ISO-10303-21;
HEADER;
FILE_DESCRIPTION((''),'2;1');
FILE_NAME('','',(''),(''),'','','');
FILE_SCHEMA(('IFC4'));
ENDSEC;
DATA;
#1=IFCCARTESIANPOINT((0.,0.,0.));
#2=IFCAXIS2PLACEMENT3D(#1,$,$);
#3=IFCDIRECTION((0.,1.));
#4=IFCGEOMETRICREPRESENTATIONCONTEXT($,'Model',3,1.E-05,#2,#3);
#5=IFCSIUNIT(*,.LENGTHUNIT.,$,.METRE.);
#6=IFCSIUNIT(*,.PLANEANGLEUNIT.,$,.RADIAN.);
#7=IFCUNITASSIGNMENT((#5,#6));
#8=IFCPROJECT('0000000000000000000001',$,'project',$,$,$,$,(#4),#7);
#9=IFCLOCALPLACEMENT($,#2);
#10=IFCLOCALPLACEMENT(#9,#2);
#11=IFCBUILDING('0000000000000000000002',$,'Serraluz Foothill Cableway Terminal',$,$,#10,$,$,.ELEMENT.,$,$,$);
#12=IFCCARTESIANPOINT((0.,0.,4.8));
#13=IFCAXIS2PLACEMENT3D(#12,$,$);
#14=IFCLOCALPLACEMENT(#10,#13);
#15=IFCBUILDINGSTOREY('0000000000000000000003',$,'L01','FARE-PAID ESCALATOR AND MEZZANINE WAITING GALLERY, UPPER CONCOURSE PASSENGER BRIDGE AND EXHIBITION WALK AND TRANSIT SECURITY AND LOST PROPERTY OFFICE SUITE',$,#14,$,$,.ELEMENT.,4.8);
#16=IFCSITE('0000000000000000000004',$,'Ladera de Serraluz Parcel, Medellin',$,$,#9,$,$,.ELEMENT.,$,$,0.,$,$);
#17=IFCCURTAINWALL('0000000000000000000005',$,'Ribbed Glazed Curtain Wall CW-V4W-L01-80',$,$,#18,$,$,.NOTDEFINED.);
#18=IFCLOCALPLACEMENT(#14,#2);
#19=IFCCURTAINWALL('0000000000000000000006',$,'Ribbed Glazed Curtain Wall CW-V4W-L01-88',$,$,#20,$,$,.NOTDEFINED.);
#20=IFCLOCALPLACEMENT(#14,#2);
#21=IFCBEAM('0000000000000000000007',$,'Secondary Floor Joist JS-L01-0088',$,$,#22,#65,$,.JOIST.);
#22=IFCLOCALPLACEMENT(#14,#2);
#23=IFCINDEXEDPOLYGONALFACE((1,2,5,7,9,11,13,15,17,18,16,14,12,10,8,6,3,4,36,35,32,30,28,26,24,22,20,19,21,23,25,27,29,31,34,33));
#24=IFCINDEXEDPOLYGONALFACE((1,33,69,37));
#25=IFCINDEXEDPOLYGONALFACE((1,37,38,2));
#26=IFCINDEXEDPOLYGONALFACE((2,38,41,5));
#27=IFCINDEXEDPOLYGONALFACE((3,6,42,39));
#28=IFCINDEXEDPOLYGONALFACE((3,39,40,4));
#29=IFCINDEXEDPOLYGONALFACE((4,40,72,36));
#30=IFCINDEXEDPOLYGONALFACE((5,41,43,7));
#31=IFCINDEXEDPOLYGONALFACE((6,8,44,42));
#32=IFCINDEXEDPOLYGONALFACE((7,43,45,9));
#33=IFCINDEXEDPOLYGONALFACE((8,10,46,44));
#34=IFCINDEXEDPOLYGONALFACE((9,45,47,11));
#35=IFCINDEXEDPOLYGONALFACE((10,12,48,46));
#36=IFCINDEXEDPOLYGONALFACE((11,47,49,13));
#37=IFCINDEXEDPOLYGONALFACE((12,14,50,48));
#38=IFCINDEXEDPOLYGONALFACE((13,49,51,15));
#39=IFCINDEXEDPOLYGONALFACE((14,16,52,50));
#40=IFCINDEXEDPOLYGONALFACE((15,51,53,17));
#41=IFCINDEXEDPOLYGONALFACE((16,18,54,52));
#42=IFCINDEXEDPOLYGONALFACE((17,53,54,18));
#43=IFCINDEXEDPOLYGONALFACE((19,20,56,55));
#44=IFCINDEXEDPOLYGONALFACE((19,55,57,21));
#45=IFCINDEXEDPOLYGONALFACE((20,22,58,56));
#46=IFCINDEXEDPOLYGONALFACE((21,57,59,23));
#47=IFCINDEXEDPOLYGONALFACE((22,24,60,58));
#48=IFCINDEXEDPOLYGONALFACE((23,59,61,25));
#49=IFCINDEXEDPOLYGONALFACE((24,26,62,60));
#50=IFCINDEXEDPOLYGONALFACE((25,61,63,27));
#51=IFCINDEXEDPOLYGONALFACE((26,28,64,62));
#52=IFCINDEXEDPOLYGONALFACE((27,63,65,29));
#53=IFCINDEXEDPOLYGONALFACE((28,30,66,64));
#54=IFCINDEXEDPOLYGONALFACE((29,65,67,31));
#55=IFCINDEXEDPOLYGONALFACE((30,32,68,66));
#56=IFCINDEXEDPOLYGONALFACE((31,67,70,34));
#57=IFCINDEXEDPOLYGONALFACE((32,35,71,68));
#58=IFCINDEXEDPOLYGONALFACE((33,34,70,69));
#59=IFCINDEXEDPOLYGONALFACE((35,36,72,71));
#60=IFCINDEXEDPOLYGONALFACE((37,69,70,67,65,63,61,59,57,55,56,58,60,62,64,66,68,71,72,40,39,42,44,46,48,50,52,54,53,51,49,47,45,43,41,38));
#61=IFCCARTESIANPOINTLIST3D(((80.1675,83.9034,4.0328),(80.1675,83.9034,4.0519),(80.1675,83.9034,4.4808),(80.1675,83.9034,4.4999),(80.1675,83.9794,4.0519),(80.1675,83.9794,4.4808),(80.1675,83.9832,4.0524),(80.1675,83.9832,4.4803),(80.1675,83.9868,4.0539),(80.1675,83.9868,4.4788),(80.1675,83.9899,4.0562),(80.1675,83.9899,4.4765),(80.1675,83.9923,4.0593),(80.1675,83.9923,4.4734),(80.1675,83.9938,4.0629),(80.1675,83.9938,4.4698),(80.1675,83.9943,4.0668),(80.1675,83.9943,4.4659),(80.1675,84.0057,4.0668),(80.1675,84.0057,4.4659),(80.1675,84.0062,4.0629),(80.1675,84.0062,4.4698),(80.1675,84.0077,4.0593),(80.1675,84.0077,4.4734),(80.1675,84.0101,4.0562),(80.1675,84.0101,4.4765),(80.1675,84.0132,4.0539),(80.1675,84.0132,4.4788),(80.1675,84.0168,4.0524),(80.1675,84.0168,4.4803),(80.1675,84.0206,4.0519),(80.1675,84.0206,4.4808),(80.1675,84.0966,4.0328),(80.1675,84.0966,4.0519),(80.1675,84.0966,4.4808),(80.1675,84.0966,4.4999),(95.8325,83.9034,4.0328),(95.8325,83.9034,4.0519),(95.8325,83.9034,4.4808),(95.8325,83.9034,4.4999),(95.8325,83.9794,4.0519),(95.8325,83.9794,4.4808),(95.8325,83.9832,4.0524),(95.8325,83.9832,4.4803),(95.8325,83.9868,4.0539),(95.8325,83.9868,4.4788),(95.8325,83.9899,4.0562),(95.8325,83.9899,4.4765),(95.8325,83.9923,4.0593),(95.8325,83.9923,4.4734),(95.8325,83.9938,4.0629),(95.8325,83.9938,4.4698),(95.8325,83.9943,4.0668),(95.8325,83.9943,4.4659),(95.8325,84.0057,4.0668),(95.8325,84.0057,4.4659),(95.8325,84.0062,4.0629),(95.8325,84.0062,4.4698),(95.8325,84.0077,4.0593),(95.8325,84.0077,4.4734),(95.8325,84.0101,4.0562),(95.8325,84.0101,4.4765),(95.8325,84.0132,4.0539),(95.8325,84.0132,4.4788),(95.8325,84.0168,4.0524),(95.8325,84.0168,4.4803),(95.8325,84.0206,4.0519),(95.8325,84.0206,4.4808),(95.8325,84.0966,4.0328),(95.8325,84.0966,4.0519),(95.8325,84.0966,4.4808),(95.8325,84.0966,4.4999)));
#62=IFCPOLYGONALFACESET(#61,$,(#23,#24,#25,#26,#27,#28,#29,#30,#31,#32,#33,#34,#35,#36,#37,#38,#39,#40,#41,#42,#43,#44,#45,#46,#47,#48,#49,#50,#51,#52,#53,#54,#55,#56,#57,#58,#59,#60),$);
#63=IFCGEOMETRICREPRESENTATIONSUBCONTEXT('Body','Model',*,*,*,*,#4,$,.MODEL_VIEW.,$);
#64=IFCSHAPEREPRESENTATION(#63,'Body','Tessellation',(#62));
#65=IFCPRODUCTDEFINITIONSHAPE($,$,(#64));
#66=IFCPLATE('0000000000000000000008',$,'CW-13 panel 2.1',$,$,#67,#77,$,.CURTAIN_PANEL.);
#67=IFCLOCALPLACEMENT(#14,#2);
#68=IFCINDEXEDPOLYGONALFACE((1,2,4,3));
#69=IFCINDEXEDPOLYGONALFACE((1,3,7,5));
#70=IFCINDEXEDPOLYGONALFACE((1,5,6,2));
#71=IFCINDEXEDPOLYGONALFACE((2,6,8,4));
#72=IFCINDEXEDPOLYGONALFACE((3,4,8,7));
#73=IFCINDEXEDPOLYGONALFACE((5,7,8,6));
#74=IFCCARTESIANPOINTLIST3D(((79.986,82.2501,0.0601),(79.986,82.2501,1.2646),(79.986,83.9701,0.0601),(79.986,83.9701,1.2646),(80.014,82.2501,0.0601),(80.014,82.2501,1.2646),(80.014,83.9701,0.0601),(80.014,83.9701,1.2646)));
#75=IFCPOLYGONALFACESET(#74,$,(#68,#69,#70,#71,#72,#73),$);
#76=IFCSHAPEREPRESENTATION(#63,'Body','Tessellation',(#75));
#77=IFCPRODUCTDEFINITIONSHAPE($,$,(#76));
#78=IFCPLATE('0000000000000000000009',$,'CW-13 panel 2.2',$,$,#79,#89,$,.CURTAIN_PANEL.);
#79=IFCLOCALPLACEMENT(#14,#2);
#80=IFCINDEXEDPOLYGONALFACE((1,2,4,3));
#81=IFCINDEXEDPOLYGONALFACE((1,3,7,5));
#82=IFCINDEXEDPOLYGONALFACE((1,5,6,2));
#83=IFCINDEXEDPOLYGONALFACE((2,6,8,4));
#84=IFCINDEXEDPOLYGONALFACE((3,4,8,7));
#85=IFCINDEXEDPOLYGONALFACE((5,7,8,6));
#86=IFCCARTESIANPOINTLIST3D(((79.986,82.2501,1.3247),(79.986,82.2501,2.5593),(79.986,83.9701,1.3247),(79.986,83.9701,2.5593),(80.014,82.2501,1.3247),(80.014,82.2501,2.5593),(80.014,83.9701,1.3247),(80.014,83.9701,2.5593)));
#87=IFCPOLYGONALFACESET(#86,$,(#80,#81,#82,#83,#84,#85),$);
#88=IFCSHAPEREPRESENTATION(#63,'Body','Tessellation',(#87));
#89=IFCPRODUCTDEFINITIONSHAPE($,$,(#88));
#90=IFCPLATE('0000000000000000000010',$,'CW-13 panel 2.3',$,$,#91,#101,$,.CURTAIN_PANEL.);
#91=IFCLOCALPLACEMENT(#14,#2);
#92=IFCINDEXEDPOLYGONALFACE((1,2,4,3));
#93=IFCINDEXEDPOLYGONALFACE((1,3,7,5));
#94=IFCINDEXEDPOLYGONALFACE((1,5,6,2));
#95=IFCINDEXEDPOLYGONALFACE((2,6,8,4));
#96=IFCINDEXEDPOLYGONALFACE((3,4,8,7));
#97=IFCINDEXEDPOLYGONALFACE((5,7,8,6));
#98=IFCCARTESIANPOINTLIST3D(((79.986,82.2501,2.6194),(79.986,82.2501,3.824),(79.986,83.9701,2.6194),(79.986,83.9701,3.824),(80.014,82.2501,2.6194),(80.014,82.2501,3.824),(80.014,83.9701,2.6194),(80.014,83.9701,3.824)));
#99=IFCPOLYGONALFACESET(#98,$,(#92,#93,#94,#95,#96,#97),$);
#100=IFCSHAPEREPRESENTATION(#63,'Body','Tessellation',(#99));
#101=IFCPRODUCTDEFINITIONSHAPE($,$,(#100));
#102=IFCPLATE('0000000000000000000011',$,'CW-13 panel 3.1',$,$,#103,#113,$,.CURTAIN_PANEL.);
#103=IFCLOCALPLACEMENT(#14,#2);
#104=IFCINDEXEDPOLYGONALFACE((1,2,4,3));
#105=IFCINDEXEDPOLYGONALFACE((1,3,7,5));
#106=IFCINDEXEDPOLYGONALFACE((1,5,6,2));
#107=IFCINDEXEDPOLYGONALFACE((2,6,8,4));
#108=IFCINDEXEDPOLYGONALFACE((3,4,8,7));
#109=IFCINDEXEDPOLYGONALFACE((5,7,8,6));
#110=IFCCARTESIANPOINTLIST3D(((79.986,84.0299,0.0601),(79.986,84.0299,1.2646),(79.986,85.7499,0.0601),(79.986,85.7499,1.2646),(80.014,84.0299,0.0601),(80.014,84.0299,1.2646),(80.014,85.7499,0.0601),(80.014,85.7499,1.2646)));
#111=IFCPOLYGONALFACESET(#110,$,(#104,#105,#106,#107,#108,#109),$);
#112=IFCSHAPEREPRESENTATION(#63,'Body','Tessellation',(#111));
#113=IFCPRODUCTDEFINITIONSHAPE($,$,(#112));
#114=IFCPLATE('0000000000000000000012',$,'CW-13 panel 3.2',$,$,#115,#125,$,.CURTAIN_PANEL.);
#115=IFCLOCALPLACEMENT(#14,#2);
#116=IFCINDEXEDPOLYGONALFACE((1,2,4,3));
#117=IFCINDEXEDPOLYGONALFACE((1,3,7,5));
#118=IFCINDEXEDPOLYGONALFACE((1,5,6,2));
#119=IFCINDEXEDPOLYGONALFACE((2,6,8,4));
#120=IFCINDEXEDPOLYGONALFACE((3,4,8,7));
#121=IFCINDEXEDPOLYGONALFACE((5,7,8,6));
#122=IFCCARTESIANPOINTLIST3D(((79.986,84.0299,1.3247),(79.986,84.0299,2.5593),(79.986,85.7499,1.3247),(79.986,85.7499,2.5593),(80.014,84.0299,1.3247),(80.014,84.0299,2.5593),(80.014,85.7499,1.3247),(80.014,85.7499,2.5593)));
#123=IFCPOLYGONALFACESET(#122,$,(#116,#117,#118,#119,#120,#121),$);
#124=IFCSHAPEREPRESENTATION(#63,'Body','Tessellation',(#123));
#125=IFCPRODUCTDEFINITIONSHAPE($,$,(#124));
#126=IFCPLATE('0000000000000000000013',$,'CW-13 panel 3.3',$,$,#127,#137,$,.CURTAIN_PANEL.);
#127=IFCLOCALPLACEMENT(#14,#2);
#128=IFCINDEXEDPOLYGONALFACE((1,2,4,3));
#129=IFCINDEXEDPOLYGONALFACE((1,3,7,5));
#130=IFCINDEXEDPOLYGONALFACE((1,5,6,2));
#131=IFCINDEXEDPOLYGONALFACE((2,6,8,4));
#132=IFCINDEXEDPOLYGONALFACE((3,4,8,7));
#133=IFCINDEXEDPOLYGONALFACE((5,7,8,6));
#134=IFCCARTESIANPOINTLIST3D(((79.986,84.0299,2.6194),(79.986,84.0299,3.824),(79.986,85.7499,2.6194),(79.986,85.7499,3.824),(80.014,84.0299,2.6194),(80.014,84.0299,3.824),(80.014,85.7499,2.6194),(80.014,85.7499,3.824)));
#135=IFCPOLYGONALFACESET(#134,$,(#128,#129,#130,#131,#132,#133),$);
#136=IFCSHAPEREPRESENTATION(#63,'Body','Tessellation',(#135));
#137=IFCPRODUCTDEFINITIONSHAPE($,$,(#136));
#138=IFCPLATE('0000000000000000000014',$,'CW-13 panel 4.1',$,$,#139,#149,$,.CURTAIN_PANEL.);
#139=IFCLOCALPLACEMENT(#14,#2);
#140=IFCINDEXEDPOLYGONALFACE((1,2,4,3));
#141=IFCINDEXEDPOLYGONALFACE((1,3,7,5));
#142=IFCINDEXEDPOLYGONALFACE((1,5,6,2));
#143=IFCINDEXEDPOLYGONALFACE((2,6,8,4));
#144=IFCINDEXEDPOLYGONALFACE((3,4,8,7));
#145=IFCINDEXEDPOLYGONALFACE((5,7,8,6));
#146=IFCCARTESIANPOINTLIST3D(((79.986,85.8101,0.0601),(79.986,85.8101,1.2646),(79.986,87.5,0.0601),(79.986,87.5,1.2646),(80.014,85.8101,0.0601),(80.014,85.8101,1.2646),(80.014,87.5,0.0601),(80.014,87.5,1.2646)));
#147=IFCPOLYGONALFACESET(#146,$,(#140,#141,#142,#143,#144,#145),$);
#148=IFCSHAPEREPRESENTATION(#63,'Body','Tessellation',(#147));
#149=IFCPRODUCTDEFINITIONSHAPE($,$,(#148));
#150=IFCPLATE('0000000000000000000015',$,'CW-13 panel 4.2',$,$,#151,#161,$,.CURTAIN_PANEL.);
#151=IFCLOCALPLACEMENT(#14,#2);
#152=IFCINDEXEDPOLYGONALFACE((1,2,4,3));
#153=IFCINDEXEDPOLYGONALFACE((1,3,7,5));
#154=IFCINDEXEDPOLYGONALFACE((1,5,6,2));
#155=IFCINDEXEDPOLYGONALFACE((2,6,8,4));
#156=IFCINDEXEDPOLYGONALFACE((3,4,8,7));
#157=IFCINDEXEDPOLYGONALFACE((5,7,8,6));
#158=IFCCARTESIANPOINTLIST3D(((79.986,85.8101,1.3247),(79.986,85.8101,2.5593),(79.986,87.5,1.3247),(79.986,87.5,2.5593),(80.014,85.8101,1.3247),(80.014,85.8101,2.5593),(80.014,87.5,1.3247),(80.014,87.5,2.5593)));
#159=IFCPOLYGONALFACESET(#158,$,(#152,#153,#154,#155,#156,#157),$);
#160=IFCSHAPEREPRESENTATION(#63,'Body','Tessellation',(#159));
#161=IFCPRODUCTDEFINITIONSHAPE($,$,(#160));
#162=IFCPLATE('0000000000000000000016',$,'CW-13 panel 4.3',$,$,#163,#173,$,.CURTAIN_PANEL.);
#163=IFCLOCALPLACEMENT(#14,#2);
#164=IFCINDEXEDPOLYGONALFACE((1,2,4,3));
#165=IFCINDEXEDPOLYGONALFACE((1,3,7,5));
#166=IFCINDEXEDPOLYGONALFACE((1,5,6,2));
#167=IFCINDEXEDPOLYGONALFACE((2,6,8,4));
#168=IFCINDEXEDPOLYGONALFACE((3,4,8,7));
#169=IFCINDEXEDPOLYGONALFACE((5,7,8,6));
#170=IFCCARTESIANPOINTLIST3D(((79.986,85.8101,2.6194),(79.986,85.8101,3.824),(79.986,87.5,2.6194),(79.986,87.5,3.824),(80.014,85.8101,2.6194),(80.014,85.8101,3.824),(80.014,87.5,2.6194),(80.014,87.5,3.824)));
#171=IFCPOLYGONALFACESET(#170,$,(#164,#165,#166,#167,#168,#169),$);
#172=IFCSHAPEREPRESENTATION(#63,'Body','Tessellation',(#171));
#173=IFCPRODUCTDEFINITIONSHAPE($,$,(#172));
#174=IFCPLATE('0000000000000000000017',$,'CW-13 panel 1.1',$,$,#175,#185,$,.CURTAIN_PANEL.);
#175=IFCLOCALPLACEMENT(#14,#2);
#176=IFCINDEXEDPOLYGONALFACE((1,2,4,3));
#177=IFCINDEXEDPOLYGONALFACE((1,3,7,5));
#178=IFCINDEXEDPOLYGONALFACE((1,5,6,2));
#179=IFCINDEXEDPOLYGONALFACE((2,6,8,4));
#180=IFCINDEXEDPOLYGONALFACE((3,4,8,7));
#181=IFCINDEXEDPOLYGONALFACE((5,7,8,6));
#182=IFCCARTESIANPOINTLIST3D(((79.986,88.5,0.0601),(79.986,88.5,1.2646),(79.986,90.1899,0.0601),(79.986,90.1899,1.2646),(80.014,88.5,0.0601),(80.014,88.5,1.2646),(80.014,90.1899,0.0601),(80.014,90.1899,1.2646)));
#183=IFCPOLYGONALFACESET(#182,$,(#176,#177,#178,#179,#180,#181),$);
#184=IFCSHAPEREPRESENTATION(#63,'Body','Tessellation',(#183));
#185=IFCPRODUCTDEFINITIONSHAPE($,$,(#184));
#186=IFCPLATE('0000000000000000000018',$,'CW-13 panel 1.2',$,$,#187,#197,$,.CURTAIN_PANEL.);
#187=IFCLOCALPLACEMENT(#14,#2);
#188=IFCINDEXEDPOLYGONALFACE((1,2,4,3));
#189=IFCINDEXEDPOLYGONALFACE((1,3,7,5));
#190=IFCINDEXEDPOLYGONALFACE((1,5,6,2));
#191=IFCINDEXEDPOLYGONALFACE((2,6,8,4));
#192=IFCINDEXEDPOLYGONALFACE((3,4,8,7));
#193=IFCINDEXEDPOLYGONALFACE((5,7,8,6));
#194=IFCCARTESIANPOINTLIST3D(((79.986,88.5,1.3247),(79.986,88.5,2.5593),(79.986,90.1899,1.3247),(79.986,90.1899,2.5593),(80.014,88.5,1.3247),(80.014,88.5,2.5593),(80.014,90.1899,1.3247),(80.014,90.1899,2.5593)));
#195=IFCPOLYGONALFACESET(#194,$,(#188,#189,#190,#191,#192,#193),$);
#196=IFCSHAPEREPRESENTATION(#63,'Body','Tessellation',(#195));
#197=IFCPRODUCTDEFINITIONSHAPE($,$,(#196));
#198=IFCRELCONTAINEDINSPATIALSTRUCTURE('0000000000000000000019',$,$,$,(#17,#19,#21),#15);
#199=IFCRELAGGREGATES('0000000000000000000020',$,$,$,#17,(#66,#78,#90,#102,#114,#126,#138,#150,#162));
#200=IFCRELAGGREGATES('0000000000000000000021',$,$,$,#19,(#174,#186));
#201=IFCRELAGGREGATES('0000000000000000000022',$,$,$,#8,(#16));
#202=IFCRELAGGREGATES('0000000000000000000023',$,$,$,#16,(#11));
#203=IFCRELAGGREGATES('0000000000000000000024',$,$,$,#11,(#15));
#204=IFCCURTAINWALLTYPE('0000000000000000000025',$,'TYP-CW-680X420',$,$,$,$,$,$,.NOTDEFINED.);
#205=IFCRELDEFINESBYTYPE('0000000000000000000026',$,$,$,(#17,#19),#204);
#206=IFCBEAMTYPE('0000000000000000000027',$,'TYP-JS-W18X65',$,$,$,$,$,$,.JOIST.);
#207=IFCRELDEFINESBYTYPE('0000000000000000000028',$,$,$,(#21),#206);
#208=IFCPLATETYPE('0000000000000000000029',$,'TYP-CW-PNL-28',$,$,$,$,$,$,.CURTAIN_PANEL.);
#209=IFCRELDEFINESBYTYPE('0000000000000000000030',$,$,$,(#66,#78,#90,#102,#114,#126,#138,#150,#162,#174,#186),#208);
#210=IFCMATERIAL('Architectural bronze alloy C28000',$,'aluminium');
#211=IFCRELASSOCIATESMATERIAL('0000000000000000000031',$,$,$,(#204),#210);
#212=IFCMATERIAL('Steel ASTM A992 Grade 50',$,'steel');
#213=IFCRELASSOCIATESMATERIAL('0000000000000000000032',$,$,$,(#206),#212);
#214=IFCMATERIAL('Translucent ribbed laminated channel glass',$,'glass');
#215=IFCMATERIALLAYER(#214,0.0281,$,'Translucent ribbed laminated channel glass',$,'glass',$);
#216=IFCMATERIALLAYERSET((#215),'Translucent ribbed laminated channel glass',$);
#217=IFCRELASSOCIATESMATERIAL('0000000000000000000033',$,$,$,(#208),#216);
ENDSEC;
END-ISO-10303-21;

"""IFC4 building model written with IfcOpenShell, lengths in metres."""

from ifc_helpers import new_model, si_unit, direction, frame, origin, origin_2d, place, context, subcontext, project, spatial, rectangle, i_section, extrude, material, layer, layer_set, material_profile, profile_set, type_object, element, aggregate, save


model = new_model("IFC4")

# Units and contexts
model_context = context("Model", 3, precision=1e-05, world=origin(), true_north=direction((0.0, 1.0)))
body_context = subcontext(model_context, "Body", "Model", "MODEL_VIEW")
ifc_project = project(units=[si_unit("LENGTHUNIT", "METRE"), si_unit("PLANEANGLEUNIT", "RADIAN")], contexts=[model_context])

# Site, building, storey
site_placement = place(None, origin())
site = spatial("IfcSite", under=ifc_project, at=site_placement, Name="Ladera de Serraluz Parcel, Medellin", CompositionType="ELEMENT", RefElevation=0.0)
building_placement = place(site_placement, origin())
building = spatial("IfcBuilding", under=site, at=building_placement, Name="Serraluz Foothill Cableway Terminal", CompositionType="ELEMENT")
storey_placement = place(building_placement, frame((0.0, 0.0, 4.8)))
storey = spatial("IfcBuildingStorey", under=building, at=storey_placement, Name="L01", Description="FARE-PAID ESCALATOR AND MEZZANINE WAITING GALLERY, UPPER CONCOURSE PASSENGER BRIDGE AND EXHIBITION WALK AND TRANSIT SECURITY AND LOST PROPERTY OFFICE SUITE", CompositionType="ELEMENT", Elevation=4.8)

# Shared definitions
ifc_material_1 = material(Name="Steel ASTM A992 Grade 50", Category="steel")

# Curtain wall
ifc_material_2 = material(Name="Architectural bronze alloy C28000", Category="aluminium")
curtain_wall_type = type_object("IfcCurtainWallType", Name="TYP-CW-680X420", PredefinedType="NOTDEFINED", material=ifc_material_2)
curtain_wall_1_placement = place(storey_placement, origin())
curtain_wall_1 = element("IfcCurtainWall", 1, at=curtain_wall_1_placement, inside=storey, type_object=curtain_wall_type, Name="Ribbed Glazed Curtain Wall CW-V4W-L01-80", PredefinedType="NOTDEFINED")

# Curtain wall
curtain_wall_2_placement = place(storey_placement, origin())
curtain_wall_2 = element("IfcCurtainWall", 2, at=curtain_wall_2_placement, inside=storey, type_object=curtain_wall_type, Name="Ribbed Glazed Curtain Wall CW-V4W-L01-88", PredefinedType="NOTDEFINED")

# Beam
ifc_material_profile_1 = material_profile(ifc_material_1, i_section(OverallWidth=0.1931, OverallDepth=0.467, WebThickness=0.0115, FlangeThickness=0.019, FilletRadius=0.0149, at=origin_2d()), Name="W18X65")
ifc_profile_set_1 = profile_set([ifc_material_profile_1], Name="Steel ASTM A992 Grade 50")
beam_type_1 = type_object("IfcBeamType", Name="TYP-JS-W18X65", PredefinedType="JOIST", material=ifc_profile_set_1)
beam_1_placement = place(storey_placement, frame((80.1675, 84.0, 4.2664), z_axis=(1.0, 0.0, 0.0), x_axis=(0.0, 1.0, 0.0)))
element("IfcBeam", 3, at=beam_1_placement, inside=storey, type_object=beam_type_1, Name="Secondary Floor Joist JS-L01-0088", PredefinedType="JOIST", context=body_context, shape_type="SweptSolid", body=[
    extrude(i_section(OverallWidth=0.1931, OverallDepth=0.467, WebThickness=0.0115, FlangeThickness=0.019, FilletRadius=0.0149, at=origin_2d()), origin(), (0.0, 0.0, 1.0), 15.665),
])

# Plates
ifc_material_3 = material(Name="Translucent ribbed laminated channel glass", Category="glass")
ifc_layer = layer(ifc_material_3, 0.0281, Name="Translucent ribbed laminated channel glass", Category="glass")
ifc_layer_set = layer_set([ifc_layer], Name="Translucent ribbed laminated channel glass")
plate_type = type_object("IfcPlateType", Name="TYP-CW-PNL-28", PredefinedType="CURTAIN_PANEL", material=ifc_layer_set)
plate_1_placement = place(storey_placement, frame((80.0, 83.1101, 0.0601), z_axis=(0.0, 0.0, 1.0), x_axis=(0.0, 1.0, 0.0)))
plate_1 = element("IfcPlate", 4, at=plate_1_placement, type_object=plate_type, Name="CW-13 panel 2.1", PredefinedType="CURTAIN_PANEL", context=body_context, shape_type="SweptSolid", body=[
    extrude(rectangle(XDim=1.72, YDim=0.0281, at=origin_2d()), origin(), (0.0, 0.0, 1.0), 1.2046),
])
plate_2_placement = place(storey_placement, frame((80.0, 83.1101, 1.3247), z_axis=(0.0, 0.0, 1.0), x_axis=(0.0, 1.0, 0.0)))
plate_2 = element("IfcPlate", 5, at=plate_2_placement, type_object=plate_type, Name="CW-13 panel 2.2", PredefinedType="CURTAIN_PANEL", context=body_context, shape_type="SweptSolid", body=[
    extrude(rectangle(XDim=1.72, YDim=0.0281, at=origin_2d()), origin(), (0.0, 0.0, 1.0), 1.2346),
])
plate_3_placement = place(storey_placement, frame((80.0, 83.1101, 2.6194), z_axis=(0.0, 0.0, 1.0), x_axis=(0.0, 1.0, 0.0)))
plate_3 = element("IfcPlate", 6, at=plate_3_placement, type_object=plate_type, Name="CW-13 panel 2.3", PredefinedType="CURTAIN_PANEL", context=body_context, shape_type="SweptSolid", body=[
    extrude(rectangle(XDim=1.72, YDim=0.0281, at=origin_2d()), origin(), (0.0, 0.0, 1.0), 1.2046),
])
plate_4_placement = place(storey_placement, frame((80.0, 84.8899, 0.0601), z_axis=(0.0, 0.0, 1.0), x_axis=(0.0, 1.0, 0.0)))
plate_4 = element("IfcPlate", 7, at=plate_4_placement, type_object=plate_type, Name="CW-13 panel 3.1", PredefinedType="CURTAIN_PANEL", context=body_context, shape_type="SweptSolid", body=[
    extrude(rectangle(XDim=1.72, YDim=0.0281, at=origin_2d()), origin(), (0.0, 0.0, 1.0), 1.2046),
])
plate_5_placement = place(storey_placement, frame((80.0, 84.8899, 1.3247), z_axis=(0.0, 0.0, 1.0), x_axis=(0.0, 1.0, 0.0)))
plate_5 = element("IfcPlate", 8, at=plate_5_placement, type_object=plate_type, Name="CW-13 panel 3.2", PredefinedType="CURTAIN_PANEL", context=body_context, shape_type="SweptSolid", body=[
    extrude(rectangle(XDim=1.72, YDim=0.0281, at=origin_2d()), origin(), (0.0, 0.0, 1.0), 1.2346),
])
plate_6_placement = place(storey_placement, frame((80.0, 84.8899, 2.6194), z_axis=(0.0, 0.0, 1.0), x_axis=(0.0, 1.0, 0.0)))
plate_6 = element("IfcPlate", 9, at=plate_6_placement, type_object=plate_type, Name="CW-13 panel 3.3", PredefinedType="CURTAIN_PANEL", context=body_context, shape_type="SweptSolid", body=[
    extrude(rectangle(XDim=1.72, YDim=0.0281, at=origin_2d()), origin(), (0.0, 0.0, 1.0), 1.2046),
])
plate_7_placement = place(storey_placement, frame((80.0, 86.655, 0.0601), z_axis=(0.0, 0.0, 1.0), x_axis=(0.0, 1.0, 0.0)))
plate_7 = element("IfcPlate", 10, at=plate_7_placement, type_object=plate_type, Name="CW-13 panel 4.1", PredefinedType="CURTAIN_PANEL", context=body_context, shape_type="SweptSolid", body=[
    extrude(rectangle(XDim=1.6899, YDim=0.0281, at=origin_2d()), origin(), (0.0, 0.0, 1.0), 1.2046),
])
plate_8_placement = place(storey_placement, frame((80.0, 86.655, 1.3247), z_axis=(0.0, 0.0, 1.0), x_axis=(0.0, 1.0, 0.0)))
plate_8 = element("IfcPlate", 11, at=plate_8_placement, type_object=plate_type, Name="CW-13 panel 4.2", PredefinedType="CURTAIN_PANEL", context=body_context, shape_type="SweptSolid", body=[
    extrude(rectangle(XDim=1.6899, YDim=0.0281, at=origin_2d()), origin(), (0.0, 0.0, 1.0), 1.2346),
])
plate_9_placement = place(storey_placement, frame((80.0, 86.655, 2.6194), z_axis=(0.0, 0.0, 1.0), x_axis=(0.0, 1.0, 0.0)))
plate_9 = element("IfcPlate", 12, at=plate_9_placement, type_object=plate_type, Name="CW-13 panel 4.3", PredefinedType="CURTAIN_PANEL", context=body_context, shape_type="SweptSolid", body=[
    extrude(rectangle(XDim=1.6899, YDim=0.0281, at=origin_2d()), origin(), (0.0, 0.0, 1.0), 1.2046),
])
aggregate(curtain_wall_1, [plate_1, plate_2, plate_3, plate_4, plate_5, plate_6, plate_7, plate_8, plate_9])
plate_10_placement = place(storey_placement, frame((80.0, 89.345, 0.0601), z_axis=(0.0, 0.0, 1.0), x_axis=(0.0, 1.0, 0.0)))
plate_10 = element("IfcPlate", 13, at=plate_10_placement, type_object=plate_type, Name="CW-13 panel 1.1", PredefinedType="CURTAIN_PANEL", context=body_context, shape_type="SweptSolid", body=[
    extrude(rectangle(XDim=1.6899, YDim=0.0281, at=origin_2d()), origin(), (0.0, 0.0, 1.0), 1.2046),
])
plate_11_placement = place(storey_placement, frame((80.0, 89.345, 1.3247), z_axis=(0.0, 0.0, 1.0), x_axis=(0.0, 1.0, 0.0)))
plate_11 = element("IfcPlate", 14, at=plate_11_placement, type_object=plate_type, Name="CW-13 panel 1.2", PredefinedType="CURTAIN_PANEL", context=body_context, shape_type="SweptSolid", body=[
    extrude(rectangle(XDim=1.6899, YDim=0.0281, at=origin_2d()), origin(), (0.0, 0.0, 1.0), 1.2346),
])
aggregate(curtain_wall_2, [plate_10, plate_11])

save(model, "model.ifc")
